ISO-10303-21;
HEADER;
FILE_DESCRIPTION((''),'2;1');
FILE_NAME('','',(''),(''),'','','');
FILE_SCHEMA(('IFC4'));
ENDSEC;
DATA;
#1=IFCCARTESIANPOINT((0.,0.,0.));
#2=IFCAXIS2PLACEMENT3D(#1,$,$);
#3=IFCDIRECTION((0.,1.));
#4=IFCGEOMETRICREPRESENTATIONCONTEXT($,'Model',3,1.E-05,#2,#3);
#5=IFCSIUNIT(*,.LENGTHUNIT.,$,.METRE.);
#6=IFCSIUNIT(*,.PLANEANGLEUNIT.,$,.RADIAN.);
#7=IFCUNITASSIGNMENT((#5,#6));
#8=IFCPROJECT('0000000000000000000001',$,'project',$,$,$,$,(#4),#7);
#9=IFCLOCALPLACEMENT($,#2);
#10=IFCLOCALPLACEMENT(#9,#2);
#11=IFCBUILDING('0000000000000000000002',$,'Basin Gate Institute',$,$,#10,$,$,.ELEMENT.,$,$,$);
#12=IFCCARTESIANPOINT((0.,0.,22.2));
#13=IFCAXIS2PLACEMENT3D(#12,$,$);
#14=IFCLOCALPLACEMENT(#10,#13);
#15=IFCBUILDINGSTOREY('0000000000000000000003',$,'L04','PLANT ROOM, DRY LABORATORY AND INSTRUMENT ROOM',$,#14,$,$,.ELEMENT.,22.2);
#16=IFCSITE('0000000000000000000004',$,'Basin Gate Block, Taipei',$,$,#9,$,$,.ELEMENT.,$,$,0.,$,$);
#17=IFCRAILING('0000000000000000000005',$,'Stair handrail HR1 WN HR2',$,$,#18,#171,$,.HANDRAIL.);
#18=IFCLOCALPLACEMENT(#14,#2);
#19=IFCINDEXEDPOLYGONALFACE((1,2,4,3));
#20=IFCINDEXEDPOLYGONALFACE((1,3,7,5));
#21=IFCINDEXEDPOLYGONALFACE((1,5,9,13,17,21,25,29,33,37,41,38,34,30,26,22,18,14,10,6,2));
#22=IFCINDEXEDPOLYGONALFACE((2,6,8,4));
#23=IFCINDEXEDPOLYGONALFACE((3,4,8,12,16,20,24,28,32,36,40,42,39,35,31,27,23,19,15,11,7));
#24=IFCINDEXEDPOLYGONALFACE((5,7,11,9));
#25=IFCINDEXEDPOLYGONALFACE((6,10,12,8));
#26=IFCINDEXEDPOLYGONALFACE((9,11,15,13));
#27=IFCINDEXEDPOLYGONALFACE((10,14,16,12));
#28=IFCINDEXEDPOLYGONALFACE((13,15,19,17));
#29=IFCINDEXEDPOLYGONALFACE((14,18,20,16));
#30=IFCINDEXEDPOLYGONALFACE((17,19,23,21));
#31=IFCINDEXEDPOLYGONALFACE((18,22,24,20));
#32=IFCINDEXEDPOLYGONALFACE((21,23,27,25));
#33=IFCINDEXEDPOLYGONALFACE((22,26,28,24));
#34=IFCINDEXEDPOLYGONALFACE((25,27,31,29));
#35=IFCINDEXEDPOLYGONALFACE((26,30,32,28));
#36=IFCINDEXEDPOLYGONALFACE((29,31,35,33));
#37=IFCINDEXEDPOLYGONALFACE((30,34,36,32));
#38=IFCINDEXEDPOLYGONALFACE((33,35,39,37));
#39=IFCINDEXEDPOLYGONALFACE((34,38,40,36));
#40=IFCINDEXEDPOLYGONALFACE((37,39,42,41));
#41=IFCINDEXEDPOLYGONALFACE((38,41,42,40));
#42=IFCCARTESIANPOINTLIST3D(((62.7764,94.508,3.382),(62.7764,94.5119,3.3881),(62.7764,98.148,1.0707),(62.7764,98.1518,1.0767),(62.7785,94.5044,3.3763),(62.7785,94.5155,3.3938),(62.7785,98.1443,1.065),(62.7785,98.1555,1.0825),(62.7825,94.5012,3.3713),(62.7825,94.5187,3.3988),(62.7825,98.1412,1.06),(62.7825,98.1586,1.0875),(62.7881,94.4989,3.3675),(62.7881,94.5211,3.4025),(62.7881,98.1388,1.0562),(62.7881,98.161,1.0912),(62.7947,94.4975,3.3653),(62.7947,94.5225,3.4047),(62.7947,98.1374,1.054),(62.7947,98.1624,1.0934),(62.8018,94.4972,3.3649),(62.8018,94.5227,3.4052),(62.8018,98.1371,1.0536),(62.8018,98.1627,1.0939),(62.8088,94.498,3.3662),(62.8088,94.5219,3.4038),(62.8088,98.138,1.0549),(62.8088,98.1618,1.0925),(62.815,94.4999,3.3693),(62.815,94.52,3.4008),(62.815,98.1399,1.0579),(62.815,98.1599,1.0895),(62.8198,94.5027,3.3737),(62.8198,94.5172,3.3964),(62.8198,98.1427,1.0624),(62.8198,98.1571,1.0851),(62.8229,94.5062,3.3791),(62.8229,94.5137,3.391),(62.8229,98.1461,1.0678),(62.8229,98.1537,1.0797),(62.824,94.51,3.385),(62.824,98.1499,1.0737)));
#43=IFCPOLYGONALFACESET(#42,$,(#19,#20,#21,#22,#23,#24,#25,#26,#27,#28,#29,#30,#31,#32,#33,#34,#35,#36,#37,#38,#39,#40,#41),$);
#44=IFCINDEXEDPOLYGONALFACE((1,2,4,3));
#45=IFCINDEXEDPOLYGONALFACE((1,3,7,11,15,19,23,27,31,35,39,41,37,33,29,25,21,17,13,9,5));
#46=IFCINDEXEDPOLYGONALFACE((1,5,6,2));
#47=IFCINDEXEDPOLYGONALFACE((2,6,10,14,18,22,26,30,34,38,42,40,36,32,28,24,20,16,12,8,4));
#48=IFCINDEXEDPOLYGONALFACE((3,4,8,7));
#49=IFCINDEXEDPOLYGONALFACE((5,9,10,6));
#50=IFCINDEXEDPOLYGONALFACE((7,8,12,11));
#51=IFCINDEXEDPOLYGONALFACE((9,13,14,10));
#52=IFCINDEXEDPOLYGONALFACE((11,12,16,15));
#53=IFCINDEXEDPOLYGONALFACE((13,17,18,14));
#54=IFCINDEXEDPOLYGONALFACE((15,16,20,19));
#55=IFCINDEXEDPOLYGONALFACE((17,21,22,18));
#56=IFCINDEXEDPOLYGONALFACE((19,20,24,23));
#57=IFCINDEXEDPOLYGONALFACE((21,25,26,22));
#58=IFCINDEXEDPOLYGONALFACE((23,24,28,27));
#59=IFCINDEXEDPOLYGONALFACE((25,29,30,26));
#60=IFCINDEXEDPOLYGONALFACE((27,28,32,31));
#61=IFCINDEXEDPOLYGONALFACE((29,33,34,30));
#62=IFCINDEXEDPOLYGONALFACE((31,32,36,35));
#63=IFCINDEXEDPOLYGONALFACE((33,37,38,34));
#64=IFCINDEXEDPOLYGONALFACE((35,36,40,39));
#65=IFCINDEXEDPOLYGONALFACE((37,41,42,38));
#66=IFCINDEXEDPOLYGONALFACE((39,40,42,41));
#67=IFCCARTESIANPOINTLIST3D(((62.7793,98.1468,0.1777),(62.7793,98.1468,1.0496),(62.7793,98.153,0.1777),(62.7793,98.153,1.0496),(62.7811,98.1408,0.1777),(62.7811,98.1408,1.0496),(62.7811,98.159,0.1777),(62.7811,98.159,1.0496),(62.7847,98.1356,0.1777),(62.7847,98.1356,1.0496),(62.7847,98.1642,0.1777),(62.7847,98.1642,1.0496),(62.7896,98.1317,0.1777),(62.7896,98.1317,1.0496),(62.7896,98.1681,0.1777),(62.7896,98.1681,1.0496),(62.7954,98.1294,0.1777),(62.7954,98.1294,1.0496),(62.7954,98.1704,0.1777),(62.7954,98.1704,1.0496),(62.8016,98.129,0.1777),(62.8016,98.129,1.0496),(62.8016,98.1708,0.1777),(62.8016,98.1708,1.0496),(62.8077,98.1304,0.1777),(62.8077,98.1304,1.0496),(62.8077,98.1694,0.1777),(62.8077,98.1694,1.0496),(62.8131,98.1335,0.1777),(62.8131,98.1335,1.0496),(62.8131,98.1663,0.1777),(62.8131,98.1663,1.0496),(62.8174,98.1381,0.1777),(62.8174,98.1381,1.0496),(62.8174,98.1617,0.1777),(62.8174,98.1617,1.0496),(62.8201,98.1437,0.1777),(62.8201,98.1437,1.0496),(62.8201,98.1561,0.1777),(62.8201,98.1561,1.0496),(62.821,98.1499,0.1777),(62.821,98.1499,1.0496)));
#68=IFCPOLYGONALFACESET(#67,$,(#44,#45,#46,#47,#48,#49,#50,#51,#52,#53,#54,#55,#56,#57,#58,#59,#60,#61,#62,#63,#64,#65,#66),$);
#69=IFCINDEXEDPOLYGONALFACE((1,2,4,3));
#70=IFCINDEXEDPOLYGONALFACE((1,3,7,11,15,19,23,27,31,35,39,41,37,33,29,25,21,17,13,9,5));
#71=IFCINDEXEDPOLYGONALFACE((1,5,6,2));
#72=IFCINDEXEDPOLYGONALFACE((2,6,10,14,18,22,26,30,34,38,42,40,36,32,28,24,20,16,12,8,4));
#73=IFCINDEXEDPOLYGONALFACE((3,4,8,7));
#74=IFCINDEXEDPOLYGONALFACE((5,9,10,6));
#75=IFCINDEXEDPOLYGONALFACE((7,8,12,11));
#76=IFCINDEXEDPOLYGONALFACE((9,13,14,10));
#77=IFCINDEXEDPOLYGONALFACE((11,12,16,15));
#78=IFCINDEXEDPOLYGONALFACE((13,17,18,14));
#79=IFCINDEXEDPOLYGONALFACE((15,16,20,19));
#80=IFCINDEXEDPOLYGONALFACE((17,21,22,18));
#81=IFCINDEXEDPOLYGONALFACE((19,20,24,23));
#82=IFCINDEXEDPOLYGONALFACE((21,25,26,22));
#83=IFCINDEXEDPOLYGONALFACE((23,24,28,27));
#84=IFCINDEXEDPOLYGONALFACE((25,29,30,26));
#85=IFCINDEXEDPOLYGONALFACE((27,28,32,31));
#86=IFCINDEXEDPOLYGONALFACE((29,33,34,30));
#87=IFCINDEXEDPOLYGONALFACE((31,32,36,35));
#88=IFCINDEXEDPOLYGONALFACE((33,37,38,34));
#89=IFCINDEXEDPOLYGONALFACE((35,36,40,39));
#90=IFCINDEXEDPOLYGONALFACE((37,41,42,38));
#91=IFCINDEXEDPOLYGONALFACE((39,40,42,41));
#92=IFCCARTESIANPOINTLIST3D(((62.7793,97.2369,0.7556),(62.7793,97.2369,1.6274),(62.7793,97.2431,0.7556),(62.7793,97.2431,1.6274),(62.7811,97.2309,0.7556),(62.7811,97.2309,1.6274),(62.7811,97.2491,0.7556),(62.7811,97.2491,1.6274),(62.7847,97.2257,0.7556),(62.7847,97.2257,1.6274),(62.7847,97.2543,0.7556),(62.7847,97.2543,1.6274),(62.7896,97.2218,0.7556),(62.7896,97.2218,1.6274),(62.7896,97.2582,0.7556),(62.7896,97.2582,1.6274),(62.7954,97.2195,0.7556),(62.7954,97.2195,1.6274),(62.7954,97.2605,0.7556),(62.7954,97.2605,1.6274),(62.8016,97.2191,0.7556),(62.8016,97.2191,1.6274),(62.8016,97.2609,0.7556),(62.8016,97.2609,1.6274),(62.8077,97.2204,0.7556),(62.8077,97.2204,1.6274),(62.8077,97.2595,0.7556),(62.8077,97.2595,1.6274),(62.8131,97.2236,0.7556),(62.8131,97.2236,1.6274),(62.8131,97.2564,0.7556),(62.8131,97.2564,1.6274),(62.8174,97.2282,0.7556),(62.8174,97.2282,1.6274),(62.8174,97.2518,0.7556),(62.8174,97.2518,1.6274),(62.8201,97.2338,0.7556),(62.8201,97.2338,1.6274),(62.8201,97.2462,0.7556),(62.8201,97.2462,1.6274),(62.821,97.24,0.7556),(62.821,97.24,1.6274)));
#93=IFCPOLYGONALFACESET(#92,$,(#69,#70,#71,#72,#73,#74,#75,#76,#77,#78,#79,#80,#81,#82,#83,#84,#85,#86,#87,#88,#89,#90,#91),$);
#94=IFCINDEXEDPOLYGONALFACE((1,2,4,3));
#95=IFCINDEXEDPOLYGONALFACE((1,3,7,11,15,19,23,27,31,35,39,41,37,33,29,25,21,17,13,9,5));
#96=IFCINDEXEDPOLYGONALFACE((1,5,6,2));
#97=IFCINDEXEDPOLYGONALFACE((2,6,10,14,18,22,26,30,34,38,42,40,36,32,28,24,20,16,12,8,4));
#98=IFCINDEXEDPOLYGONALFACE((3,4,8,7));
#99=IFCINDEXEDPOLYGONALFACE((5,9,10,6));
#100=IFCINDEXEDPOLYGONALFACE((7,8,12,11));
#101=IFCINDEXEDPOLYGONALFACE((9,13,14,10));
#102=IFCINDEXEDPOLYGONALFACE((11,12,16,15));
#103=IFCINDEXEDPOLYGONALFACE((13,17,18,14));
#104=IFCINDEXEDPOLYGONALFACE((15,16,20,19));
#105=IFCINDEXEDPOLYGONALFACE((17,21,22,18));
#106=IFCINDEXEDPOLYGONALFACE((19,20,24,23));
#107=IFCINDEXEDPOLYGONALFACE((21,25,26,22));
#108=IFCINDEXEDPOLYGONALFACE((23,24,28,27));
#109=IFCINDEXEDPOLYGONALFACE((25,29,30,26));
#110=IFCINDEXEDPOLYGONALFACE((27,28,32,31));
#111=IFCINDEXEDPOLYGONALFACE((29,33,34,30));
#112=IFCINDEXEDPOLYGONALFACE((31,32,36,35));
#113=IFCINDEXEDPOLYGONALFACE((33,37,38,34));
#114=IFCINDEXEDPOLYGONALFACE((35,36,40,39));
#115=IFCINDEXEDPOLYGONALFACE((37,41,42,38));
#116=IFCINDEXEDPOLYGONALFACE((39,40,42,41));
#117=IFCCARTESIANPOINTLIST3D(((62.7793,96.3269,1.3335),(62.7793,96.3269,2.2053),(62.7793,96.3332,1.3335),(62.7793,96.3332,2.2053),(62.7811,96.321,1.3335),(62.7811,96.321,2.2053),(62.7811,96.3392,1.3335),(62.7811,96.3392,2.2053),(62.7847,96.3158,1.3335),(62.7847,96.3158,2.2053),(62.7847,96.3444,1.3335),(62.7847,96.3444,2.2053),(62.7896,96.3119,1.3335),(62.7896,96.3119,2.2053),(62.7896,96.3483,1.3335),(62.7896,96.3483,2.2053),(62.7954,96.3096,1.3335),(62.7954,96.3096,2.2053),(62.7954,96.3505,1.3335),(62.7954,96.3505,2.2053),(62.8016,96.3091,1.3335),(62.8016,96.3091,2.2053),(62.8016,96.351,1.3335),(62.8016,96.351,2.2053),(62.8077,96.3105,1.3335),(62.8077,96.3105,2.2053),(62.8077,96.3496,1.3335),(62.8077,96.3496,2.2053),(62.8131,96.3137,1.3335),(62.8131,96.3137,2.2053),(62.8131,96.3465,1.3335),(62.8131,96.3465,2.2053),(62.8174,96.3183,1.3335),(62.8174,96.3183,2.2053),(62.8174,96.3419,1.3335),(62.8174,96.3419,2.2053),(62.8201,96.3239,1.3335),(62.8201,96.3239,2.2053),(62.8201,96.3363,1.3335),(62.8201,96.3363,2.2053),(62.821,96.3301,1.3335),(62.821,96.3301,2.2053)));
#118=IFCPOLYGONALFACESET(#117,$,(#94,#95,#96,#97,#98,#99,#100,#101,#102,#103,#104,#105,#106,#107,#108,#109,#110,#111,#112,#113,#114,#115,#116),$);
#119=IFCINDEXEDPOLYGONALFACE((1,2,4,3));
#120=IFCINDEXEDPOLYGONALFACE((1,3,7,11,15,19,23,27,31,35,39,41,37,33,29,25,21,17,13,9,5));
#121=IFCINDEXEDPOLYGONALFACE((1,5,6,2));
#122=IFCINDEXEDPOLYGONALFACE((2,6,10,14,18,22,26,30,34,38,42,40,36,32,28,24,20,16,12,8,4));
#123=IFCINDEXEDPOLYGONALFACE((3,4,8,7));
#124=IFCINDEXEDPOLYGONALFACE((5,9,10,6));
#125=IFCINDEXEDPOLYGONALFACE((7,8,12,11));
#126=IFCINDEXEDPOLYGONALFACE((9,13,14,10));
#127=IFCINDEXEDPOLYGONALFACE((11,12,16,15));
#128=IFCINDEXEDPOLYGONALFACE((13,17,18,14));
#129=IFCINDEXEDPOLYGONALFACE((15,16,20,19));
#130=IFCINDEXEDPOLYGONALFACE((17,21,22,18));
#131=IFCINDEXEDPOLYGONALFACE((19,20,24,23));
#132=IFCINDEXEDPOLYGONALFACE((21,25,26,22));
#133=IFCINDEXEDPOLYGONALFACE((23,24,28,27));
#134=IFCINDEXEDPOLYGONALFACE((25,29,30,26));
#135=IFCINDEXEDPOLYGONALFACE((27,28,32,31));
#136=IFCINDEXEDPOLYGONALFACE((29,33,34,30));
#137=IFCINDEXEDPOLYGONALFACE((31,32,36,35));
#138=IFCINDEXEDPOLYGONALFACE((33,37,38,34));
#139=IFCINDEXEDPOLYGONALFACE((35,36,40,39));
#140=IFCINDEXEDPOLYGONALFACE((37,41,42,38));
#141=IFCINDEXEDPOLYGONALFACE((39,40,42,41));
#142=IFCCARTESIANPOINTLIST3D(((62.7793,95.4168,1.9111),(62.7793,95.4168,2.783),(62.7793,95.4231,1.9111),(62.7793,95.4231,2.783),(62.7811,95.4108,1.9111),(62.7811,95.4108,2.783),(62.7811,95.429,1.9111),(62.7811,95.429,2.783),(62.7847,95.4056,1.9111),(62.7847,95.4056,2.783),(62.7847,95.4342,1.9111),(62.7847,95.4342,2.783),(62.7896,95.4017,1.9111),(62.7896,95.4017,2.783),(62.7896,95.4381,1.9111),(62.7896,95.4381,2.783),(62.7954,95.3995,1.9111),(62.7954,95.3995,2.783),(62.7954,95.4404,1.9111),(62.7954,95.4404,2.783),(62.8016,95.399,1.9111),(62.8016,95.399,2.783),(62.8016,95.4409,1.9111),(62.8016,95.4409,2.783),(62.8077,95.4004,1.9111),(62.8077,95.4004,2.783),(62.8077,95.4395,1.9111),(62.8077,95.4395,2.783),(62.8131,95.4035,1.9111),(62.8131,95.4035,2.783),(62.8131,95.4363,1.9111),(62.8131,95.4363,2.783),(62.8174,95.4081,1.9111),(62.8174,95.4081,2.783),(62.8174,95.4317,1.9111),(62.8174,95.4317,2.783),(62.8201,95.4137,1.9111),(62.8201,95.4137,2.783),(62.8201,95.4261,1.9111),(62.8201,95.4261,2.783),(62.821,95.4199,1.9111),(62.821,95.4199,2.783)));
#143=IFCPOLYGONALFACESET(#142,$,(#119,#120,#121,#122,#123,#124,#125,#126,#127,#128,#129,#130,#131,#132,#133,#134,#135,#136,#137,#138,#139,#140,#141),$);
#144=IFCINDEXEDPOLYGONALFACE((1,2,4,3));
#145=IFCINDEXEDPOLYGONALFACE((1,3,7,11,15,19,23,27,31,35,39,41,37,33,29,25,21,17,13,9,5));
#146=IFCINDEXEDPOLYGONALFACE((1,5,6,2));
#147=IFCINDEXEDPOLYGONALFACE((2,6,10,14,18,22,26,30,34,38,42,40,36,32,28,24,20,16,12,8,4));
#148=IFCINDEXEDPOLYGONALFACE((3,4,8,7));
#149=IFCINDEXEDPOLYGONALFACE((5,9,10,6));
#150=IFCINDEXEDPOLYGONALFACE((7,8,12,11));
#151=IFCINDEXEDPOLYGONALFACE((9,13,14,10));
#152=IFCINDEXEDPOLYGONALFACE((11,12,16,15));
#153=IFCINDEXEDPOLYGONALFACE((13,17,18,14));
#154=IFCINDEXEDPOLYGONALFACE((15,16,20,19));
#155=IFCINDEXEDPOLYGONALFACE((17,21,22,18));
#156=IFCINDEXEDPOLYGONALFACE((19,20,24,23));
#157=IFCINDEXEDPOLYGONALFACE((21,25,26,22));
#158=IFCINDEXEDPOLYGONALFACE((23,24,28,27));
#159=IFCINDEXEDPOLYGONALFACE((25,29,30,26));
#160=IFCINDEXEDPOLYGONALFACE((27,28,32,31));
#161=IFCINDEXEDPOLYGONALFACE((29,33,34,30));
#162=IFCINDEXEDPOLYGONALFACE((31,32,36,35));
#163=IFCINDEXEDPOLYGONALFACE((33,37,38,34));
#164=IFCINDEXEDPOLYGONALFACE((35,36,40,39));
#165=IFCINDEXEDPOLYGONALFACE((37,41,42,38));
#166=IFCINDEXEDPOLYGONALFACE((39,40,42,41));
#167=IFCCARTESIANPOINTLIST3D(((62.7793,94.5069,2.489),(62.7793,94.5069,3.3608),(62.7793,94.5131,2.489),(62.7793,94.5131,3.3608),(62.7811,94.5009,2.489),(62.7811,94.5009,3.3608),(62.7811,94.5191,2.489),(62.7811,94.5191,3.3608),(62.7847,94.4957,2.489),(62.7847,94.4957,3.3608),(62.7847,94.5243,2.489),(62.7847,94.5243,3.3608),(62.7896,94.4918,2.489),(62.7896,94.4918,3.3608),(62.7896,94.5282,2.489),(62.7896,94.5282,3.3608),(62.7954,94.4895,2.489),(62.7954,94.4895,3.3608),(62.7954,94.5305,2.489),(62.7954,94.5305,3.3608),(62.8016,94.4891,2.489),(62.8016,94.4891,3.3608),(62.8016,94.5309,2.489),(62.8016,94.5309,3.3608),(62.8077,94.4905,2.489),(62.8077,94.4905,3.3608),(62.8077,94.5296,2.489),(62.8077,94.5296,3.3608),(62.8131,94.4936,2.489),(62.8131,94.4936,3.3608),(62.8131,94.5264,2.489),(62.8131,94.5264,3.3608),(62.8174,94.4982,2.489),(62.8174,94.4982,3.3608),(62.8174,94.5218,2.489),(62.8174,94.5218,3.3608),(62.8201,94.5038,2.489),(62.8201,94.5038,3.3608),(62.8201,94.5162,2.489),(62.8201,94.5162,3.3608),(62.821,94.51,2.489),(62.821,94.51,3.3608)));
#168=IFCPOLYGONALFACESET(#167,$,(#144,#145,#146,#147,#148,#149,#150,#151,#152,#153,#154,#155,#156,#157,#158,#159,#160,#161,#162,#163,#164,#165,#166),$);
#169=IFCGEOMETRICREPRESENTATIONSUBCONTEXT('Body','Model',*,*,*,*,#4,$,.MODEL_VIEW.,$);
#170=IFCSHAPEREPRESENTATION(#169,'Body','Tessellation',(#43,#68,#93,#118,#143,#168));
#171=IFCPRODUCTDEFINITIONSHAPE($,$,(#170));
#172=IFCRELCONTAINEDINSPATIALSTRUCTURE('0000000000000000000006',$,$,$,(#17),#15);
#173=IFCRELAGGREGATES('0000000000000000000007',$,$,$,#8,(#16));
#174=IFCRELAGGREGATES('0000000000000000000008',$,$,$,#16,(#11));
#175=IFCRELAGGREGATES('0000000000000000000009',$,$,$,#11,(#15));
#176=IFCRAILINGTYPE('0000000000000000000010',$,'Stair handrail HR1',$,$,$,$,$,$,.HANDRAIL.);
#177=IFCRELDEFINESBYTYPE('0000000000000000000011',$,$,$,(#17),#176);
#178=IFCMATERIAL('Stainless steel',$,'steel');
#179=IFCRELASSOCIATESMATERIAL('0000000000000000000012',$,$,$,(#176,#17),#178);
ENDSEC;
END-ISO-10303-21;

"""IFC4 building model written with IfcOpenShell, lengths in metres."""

from ifc_helpers import new_model, si_unit, direction, frame, origin, origin_2d, place, context, subcontext, project, spatial, circle, extrude, material, type_object, element, save


model = new_model("IFC4")

# Units and contexts
model_context = context("Model", 3, precision=1e-05, world=origin(), true_north=direction((0.0, 1.0)))
body_context = subcontext(model_context, "Body", "Model", "MODEL_VIEW")
ifc_project = project(units=[si_unit("LENGTHUNIT", "METRE"), si_unit("PLANEANGLEUNIT", "RADIAN")], contexts=[model_context])

# Site, building, storey
site_placement = place(None, origin())
site = spatial("IfcSite", under=ifc_project, at=site_placement, Name="Basin Gate Block, Taipei", CompositionType="ELEMENT", RefElevation=0.0)
building_placement = place(site_placement, origin())
building = spatial("IfcBuilding", under=site, at=building_placement, Name="Basin Gate Institute", CompositionType="ELEMENT")
storey_placement = place(building_placement, frame((0.0, 0.0, 22.2)))
storey = spatial("IfcBuildingStorey", under=building, at=storey_placement, Name="L04", Description="PLANT ROOM, DRY LABORATORY AND INSTRUMENT ROOM", CompositionType="ELEMENT", Elevation=22.2)

# Railing
ifc_material_1 = material(Name="Stainless steel", Category="steel")
railing_type_1 = type_object("IfcRailingType", Name="Stair handrail HR1", PredefinedType="HANDRAIL", material=ifc_material_1)
for number, where, name in (
    (1, (62.8, 98.1499, 0.1777), "Stair handrail HR1 WN HR2"),
):
    element("IfcRailing", number, at=place(storey_placement, frame(where)), inside=storey, type_object=railing_type_1, material=ifc_material_1, Name=name, PredefinedType="HANDRAIL", context=body_context, shape_type="SweptSolid", body=[
        extrude(circle(Radius=0.0239, at=origin_2d()), frame((0.0, 0.0, 0.896), z_axis=(0.0, -0.844188, 0.536047), x_axis=(1.0, 0.0, 0.0)), (0.0, 0.0, 1.0), 4.3118),
        extrude(circle(Radius=0.021, at=origin_2d()), origin(), (0.0, 0.0, 1.0), 0.8718),
        extrude(circle(Radius=0.021, at=origin_2d()), frame((0.0, -0.9099, 0.5779)), (0.0, 0.0, 1.0), 0.8718),
        extrude(circle(Radius=0.021, at=origin_2d()), frame((0.0, -1.8198, 1.1558)), (0.0, 0.0, 1.0), 0.8718),
        extrude(circle(Radius=0.021, at=origin_2d()), frame((0.0, -2.73, 1.7334)), (0.0, 0.0, 1.0), 0.8718),
        extrude(circle(Radius=0.021, at=origin_2d()), frame((0.0, -3.6399, 2.3113)), (0.0, 0.0, 1.0), 0.8718),
    ])

save(model, "model.ifc")
